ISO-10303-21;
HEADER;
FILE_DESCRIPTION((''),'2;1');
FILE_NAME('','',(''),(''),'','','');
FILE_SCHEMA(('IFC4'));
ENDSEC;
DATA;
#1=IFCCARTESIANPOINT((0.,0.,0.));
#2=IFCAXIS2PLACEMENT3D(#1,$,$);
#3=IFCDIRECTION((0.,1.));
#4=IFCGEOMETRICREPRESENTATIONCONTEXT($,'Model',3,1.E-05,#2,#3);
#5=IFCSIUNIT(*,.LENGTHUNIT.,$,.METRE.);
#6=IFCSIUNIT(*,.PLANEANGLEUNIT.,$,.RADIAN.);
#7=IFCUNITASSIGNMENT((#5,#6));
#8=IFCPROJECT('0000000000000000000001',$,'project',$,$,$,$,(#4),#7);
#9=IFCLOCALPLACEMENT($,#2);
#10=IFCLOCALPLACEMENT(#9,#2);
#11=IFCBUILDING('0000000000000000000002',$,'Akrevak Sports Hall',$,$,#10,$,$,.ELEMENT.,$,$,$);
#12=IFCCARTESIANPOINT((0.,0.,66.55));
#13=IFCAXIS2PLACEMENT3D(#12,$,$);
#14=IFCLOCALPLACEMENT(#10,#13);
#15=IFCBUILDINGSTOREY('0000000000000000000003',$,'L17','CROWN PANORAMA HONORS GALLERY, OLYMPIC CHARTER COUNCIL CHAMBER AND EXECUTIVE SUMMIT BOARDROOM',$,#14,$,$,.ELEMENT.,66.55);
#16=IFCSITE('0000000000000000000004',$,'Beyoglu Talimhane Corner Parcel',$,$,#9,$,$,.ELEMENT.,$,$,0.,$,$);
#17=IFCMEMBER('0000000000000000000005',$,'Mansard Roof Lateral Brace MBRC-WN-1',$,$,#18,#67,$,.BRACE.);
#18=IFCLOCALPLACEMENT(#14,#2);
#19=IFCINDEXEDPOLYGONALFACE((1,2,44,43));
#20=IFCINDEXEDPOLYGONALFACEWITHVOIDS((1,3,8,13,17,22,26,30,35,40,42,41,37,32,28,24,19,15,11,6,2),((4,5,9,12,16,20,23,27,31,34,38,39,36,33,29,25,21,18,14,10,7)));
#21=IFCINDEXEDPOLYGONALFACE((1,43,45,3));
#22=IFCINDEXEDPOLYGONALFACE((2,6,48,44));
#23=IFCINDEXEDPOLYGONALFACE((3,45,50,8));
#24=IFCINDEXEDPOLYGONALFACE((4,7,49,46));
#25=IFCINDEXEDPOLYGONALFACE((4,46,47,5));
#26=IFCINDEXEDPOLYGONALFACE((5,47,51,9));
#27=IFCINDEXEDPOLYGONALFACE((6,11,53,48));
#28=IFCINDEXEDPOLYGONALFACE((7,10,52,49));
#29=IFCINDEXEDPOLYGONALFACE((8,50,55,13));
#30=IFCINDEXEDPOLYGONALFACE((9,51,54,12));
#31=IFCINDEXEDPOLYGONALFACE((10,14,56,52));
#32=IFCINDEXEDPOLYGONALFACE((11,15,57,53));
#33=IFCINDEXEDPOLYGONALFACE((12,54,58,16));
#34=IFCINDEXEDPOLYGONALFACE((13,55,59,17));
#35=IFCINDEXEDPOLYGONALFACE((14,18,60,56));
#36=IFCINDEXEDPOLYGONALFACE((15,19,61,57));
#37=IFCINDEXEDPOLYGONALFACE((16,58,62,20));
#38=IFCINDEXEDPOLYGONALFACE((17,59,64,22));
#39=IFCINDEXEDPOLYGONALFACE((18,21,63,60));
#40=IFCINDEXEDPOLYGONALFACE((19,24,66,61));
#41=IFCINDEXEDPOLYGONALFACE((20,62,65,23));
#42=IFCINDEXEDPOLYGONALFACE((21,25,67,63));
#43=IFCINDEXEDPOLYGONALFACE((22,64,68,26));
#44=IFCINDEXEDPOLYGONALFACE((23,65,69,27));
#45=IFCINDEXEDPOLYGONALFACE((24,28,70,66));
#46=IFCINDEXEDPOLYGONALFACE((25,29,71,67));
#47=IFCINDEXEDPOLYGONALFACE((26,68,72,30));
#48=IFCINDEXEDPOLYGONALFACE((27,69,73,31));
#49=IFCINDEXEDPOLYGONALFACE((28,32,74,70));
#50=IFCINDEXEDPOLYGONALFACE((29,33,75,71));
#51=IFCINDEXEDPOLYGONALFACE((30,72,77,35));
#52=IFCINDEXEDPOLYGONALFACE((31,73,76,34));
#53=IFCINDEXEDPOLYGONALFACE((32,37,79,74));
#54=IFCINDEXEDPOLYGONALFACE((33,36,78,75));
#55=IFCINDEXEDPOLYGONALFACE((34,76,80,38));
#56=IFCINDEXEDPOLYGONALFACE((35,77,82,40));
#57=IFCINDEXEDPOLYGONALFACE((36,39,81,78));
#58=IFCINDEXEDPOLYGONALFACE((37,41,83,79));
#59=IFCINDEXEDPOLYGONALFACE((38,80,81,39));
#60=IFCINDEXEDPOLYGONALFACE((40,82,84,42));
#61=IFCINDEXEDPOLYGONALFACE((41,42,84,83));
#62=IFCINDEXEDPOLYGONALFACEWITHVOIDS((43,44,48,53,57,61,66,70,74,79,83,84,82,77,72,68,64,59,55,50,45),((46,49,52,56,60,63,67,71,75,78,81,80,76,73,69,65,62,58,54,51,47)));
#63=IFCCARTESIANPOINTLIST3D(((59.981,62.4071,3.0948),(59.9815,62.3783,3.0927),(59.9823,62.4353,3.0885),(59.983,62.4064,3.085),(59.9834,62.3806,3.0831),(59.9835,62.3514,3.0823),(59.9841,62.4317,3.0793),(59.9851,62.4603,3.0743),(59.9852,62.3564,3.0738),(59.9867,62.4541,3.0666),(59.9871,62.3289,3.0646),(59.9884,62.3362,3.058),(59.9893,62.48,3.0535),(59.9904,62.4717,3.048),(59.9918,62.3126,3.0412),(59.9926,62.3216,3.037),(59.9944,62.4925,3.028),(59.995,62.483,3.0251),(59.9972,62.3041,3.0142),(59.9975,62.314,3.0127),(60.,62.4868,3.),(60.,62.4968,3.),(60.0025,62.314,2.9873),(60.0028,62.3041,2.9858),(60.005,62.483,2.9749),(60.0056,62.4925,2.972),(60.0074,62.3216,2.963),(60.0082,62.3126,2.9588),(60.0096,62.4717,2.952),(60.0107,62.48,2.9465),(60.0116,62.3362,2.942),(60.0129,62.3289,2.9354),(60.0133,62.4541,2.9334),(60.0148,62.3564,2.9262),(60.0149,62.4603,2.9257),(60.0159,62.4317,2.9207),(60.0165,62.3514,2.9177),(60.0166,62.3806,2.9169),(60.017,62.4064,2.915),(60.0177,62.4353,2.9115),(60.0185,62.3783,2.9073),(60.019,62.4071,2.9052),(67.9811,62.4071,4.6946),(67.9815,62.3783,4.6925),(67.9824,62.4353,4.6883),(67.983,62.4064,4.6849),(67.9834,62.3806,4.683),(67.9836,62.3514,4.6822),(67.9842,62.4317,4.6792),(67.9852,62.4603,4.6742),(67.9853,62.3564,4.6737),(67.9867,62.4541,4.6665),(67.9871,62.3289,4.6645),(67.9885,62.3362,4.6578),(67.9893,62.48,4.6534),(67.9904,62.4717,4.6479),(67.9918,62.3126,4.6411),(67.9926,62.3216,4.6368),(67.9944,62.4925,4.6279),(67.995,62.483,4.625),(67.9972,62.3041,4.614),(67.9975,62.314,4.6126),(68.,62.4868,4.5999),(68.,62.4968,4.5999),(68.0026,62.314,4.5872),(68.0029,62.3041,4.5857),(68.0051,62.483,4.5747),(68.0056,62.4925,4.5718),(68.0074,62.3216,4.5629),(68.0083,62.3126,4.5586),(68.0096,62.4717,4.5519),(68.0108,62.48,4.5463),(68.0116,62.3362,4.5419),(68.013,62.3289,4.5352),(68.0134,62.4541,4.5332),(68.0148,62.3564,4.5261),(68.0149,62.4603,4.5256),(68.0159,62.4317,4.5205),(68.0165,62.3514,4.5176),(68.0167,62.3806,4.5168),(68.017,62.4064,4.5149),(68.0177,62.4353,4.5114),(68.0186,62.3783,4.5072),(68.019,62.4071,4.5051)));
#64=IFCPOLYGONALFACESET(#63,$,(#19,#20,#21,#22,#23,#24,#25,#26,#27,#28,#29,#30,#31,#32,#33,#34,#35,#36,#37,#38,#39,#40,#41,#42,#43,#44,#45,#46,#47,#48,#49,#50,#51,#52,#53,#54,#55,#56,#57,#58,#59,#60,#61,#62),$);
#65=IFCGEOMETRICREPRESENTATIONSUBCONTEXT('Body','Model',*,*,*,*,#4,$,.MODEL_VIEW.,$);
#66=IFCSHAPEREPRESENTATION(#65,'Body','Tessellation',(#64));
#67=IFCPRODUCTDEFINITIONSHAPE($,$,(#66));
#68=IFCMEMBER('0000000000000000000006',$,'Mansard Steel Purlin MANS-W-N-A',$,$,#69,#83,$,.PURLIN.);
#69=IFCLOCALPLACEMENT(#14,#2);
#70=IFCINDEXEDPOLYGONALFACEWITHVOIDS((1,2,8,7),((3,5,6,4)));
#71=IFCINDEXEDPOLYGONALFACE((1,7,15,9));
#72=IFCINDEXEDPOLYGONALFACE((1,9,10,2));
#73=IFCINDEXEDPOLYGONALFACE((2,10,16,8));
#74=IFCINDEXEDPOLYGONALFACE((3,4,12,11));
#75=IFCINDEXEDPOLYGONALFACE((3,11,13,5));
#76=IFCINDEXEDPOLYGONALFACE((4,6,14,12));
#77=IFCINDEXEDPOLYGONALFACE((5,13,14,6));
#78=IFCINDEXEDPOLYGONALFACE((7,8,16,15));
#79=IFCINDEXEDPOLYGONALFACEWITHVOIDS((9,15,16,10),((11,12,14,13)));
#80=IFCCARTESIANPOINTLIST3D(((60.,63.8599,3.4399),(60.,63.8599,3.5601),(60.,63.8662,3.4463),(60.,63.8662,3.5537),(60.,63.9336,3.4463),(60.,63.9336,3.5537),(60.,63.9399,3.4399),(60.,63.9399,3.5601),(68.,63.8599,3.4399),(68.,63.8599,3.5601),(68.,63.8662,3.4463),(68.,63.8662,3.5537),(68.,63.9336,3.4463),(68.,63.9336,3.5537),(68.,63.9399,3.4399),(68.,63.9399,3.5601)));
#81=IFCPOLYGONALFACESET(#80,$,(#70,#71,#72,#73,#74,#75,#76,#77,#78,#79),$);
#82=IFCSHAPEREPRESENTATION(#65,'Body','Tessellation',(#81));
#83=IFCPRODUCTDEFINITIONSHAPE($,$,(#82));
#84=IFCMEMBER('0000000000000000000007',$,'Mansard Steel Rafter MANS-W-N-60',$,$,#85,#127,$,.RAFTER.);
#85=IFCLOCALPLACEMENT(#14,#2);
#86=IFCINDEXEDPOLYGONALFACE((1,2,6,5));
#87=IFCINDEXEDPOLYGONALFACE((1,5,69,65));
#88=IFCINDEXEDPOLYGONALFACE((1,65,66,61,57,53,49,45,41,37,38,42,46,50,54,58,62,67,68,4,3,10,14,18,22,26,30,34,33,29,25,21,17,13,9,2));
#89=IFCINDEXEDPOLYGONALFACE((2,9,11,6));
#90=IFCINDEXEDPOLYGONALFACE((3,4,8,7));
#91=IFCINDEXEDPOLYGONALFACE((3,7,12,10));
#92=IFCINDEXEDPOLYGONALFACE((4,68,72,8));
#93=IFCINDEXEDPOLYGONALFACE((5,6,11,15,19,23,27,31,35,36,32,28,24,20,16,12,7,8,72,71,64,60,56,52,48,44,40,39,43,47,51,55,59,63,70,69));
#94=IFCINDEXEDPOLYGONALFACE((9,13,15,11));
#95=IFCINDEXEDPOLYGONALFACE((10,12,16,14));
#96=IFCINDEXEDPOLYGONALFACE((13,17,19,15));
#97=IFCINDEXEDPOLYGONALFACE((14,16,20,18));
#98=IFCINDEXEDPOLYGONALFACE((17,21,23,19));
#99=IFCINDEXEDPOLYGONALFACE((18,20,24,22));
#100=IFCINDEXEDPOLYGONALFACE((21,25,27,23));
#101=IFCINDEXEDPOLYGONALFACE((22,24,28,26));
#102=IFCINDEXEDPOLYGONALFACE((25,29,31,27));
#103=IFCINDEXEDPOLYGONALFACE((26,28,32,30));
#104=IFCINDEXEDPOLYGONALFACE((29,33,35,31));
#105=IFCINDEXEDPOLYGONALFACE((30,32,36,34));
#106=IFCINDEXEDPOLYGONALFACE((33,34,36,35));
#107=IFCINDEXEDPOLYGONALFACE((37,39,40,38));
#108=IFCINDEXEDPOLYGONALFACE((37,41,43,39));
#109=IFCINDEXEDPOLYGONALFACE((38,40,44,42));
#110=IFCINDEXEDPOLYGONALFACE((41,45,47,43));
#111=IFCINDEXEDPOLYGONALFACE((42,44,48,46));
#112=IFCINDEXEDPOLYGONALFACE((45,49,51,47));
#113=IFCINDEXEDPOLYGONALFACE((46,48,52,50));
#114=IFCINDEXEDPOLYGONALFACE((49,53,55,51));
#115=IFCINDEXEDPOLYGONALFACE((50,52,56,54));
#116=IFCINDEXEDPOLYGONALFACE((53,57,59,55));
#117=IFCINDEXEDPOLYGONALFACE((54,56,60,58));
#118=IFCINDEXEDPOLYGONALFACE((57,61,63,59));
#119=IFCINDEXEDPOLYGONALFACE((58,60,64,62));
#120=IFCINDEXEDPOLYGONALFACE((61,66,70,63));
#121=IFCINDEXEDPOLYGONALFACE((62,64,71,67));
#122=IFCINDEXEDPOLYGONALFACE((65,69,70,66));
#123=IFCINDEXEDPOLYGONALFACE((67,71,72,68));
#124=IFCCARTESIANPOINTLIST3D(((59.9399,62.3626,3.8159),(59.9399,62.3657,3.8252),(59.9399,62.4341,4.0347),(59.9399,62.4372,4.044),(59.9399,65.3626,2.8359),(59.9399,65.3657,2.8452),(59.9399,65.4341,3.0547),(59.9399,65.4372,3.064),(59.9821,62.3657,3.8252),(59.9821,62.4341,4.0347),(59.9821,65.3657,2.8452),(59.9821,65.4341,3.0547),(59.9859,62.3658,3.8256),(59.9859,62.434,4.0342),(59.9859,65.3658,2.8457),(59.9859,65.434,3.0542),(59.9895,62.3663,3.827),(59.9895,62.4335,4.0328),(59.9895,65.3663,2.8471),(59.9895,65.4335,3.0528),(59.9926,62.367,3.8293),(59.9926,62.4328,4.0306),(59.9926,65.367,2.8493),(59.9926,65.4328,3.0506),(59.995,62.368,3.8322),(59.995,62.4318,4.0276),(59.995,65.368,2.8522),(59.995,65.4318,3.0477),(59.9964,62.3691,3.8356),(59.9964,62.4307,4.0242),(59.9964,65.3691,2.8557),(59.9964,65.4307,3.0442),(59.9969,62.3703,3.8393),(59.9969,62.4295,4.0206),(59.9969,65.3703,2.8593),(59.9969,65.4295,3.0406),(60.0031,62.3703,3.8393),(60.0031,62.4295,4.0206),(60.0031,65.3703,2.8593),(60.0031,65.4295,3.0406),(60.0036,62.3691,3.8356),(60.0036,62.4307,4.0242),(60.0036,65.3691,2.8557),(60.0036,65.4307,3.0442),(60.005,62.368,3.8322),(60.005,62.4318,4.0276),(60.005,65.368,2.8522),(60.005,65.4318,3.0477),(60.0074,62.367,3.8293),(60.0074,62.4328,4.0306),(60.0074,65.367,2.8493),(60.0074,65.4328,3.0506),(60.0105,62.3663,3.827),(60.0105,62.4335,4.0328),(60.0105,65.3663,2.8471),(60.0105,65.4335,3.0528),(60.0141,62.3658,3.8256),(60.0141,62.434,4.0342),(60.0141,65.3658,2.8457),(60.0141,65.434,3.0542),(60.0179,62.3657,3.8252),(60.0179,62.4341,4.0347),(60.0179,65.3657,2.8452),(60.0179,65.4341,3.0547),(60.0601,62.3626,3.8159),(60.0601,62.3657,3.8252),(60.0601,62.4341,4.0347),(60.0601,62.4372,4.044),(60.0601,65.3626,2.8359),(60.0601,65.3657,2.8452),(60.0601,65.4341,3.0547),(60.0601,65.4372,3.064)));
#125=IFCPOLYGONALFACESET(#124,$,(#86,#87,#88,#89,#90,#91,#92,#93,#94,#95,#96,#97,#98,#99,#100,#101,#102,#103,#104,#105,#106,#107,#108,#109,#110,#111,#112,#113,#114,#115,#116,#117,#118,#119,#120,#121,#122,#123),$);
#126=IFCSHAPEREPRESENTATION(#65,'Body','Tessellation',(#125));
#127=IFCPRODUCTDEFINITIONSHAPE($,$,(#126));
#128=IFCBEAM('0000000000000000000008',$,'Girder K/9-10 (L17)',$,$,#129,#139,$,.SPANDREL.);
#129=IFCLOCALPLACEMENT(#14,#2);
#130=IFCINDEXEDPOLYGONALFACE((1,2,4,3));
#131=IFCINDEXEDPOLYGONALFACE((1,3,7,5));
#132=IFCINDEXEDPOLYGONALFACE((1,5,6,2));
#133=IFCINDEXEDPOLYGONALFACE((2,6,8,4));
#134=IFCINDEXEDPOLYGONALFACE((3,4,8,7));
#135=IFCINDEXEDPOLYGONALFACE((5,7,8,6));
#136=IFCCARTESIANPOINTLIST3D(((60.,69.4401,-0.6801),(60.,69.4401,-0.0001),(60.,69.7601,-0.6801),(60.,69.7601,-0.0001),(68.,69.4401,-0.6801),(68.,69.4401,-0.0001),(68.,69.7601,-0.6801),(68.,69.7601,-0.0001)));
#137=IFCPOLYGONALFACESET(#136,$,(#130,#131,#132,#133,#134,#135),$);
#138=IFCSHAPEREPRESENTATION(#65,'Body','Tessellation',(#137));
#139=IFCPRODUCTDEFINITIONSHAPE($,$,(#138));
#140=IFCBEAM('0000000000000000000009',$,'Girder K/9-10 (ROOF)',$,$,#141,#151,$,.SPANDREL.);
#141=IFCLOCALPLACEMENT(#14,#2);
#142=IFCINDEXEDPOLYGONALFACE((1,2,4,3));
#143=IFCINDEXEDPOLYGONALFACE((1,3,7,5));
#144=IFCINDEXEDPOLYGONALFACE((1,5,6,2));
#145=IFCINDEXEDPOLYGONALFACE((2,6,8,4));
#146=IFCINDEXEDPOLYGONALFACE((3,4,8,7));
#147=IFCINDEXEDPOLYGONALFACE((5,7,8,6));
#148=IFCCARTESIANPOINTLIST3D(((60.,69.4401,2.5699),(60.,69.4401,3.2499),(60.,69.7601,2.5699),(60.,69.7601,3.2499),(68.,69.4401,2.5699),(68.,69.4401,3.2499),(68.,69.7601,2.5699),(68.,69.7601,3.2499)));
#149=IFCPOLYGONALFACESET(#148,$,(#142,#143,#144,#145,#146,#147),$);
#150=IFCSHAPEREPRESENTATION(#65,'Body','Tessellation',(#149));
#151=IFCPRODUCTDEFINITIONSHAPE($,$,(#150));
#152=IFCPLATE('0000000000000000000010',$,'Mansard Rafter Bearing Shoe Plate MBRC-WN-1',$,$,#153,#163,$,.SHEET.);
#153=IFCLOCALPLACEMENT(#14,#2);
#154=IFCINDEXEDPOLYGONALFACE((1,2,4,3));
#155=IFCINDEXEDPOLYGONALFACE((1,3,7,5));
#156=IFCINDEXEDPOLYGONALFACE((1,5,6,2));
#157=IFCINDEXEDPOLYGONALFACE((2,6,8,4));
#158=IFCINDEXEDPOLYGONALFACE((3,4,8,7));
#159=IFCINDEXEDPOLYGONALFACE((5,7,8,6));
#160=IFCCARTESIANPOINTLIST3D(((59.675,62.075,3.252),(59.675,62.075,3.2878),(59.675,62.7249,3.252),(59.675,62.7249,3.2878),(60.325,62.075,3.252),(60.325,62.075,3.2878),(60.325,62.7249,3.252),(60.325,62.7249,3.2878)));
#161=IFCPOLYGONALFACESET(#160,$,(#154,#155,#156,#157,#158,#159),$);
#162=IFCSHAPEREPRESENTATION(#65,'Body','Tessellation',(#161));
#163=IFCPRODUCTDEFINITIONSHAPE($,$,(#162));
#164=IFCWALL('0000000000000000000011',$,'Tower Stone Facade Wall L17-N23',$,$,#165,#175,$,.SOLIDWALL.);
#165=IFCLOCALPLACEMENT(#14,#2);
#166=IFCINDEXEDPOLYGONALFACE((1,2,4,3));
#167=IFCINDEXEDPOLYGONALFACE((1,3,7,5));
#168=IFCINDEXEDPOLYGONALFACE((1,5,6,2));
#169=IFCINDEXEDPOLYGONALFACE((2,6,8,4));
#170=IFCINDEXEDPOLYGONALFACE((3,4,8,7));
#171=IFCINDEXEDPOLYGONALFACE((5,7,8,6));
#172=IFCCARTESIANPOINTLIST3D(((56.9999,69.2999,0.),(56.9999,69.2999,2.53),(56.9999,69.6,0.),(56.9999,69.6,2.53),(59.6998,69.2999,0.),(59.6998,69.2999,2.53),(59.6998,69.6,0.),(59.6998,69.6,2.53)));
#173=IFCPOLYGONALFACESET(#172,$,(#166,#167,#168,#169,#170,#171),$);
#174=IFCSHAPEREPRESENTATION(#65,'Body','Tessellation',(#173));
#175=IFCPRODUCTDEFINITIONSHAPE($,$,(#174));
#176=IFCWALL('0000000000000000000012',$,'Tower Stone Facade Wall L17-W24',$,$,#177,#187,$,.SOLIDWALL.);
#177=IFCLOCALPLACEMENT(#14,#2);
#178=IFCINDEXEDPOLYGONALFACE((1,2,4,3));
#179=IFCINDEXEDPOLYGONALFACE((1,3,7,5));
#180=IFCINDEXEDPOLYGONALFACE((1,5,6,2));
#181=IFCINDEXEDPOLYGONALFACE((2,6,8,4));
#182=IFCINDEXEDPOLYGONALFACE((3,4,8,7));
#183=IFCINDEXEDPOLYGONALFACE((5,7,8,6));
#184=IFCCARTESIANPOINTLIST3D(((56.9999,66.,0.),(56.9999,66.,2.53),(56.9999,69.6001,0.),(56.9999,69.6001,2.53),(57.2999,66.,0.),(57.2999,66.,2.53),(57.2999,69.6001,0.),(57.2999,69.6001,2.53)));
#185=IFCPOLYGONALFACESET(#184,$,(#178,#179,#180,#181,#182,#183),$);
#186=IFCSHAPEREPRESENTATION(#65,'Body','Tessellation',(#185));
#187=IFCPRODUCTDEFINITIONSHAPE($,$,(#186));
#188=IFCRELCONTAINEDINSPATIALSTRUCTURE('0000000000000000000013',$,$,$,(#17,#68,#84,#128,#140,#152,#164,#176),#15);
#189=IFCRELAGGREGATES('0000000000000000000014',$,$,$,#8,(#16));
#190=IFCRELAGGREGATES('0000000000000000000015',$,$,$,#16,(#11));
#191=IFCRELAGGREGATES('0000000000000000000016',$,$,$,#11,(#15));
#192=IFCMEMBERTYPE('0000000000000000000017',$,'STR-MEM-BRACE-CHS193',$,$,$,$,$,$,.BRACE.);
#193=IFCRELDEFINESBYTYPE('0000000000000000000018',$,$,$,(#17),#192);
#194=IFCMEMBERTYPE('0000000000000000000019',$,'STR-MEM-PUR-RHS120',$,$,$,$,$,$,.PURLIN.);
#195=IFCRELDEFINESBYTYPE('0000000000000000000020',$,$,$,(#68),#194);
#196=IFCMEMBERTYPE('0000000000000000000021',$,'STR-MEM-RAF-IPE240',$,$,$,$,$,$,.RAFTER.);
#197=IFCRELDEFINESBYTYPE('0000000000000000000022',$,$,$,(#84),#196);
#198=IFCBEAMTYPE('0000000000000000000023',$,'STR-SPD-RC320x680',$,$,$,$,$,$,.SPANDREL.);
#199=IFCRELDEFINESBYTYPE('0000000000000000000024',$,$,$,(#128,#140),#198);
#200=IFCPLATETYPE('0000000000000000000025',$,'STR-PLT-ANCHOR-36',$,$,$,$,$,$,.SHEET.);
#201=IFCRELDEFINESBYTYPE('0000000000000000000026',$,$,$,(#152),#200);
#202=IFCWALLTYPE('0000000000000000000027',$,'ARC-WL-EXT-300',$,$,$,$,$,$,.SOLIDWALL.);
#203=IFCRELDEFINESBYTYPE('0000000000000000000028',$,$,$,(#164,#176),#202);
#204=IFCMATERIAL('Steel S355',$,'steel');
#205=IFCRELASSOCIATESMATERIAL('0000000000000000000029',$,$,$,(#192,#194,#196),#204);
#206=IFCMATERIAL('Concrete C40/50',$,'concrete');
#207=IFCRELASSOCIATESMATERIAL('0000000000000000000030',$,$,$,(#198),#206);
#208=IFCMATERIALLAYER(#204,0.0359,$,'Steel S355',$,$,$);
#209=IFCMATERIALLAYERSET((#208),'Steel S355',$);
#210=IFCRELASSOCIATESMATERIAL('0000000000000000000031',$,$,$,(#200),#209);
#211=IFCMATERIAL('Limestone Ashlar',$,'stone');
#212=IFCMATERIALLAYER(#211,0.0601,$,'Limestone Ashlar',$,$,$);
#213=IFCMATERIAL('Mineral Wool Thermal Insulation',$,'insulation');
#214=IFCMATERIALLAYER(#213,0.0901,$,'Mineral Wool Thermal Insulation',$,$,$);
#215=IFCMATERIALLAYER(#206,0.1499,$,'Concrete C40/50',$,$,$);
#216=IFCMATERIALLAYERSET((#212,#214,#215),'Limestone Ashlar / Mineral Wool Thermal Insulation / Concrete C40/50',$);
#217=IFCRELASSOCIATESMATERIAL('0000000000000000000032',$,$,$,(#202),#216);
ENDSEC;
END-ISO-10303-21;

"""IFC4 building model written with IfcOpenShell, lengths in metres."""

from ifc_helpers import new_model, si_unit, direction, frame, frame_2d, origin, origin_2d, place, context, subcontext, project, spatial, rectangle, hollow_rectangle, hollow_circle, i_section, extrude, material, layer, layer_set, material_profile, profile_set, type_object, element, save


model = new_model("IFC4")

# Units and contexts
model_context = context("Model", 3, precision=1e-05, world=origin(), true_north=direction((0.0, 1.0)))
body_context = subcontext(model_context, "Body", "Model", "MODEL_VIEW")
ifc_project = project(units=[si_unit("LENGTHUNIT", "METRE"), si_unit("PLANEANGLEUNIT", "RADIAN")], contexts=[model_context])

# Site, building, storey
site_placement = place(None, origin())
site = spatial("IfcSite", under=ifc_project, at=site_placement, Name="Beyoglu Talimhane Corner Parcel", CompositionType="ELEMENT", RefElevation=0.0)
building_placement = place(site_placement, origin())
building = spatial("IfcBuilding", under=site, at=building_placement, Name="Akrevak Sports Hall", CompositionType="ELEMENT")
storey_placement = place(building_placement, frame((0.0, 0.0, 66.55)))
storey = spatial("IfcBuildingStorey", under=building, at=storey_placement, Name="L17", Description="CROWN PANORAMA HONORS GALLERY, OLYMPIC CHARTER COUNCIL CHAMBER AND EXECUTIVE SUMMIT BOARDROOM", CompositionType="ELEMENT", Elevation=66.55)

# Shared definitions
ifc_material_1 = material(Name="Concrete C40/50", Category="concrete")

# Members
ifc_material_2 = material(Name="Steel S355", Category="steel")
ifc_material_profile_1 = material_profile(ifc_material_2, hollow_circle(Radius=0.0969, WallThickness=0.01, at=origin_2d()), Name="CHS 193.7x10", Category="steel")
ifc_profile_set_1 = profile_set([ifc_material_profile_1], Name="Steel S355")
member_type_1 = type_object("IfcMemberType", Name="STR-MEM-BRACE-CHS193", PredefinedType="BRACE", material=ifc_profile_set_1)
member_1_placement = place(storey_placement, frame((60.0, 62.3999, 3.0), z_axis=(0.980584, 0.0, 0.196099), x_axis=(0.0, 1.0, 0.0)))
element("IfcMember", 1, at=member_1_placement, inside=storey, type_object=member_type_1, Name="Mansard Roof Lateral Brace MBRC-WN-1", PredefinedType="BRACE", context=body_context, shape_type="SweptSolid", body=[
    extrude(hollow_circle(Radius=0.0969, WallThickness=0.01, at=origin_2d()), origin(), (0.0, 0.0, 1.0), 8.1584),
])
ifc_material_profile_2 = material_profile(ifc_material_2, hollow_rectangle(XDim=0.0801, YDim=0.1201, WallThickness=0.0063, at=origin_2d()), Name="RHS 120x80x6.3", Category="steel")
ifc_profile_set_2 = profile_set([ifc_material_profile_2], Name="Steel S355")
member_type_2 = type_object("IfcMemberType", Name="STR-MEM-PUR-RHS120", PredefinedType="PURLIN", material=ifc_profile_set_2)
member_2_placement = place(storey_placement, frame((60.0, 63.8999, 3.5), z_axis=(1.0, 0.0, 0.0), x_axis=(0.0, 1.0, 0.0)))
element("IfcMember", 2, at=member_2_placement, inside=storey, type_object=member_type_2, Name="Mansard Steel Purlin MANS-W-N-A", PredefinedType="PURLIN", context=body_context, shape_type="SweptSolid", body=[
    extrude(hollow_rectangle(XDim=0.0801, YDim=0.1201, WallThickness=0.0063, at=origin_2d()), origin(), (0.0, 0.0, 1.0), 8.0),
])
ifc_material_profile_3 = material_profile(ifc_material_2, i_section(OverallWidth=0.1201, OverallDepth=0.24, WebThickness=0.0061, FlangeThickness=0.0098, FilletRadius=0.0149, at=origin_2d()), Name="IPE 240", Category="steel")
ifc_profile_set_3 = profile_set([ifc_material_profile_3], Name="Steel S355")
member_type_3 = type_object("IfcMemberType", Name="STR-MEM-RAF-IPE240", PredefinedType="RAFTER", material=ifc_profile_set_3)
member_3_placement = place(storey_placement, frame((60.0, 65.3999, 2.95), z_axis=(0.0, -0.950569, 0.310513), x_axis=(1.0, 0.0, 0.0)))
element("IfcMember", 3, at=member_3_placement, inside=storey, type_object=member_type_3, Name="Mansard Steel Rafter MANS-W-N-60", PredefinedType="RAFTER", context=body_context, shape_type="SweptSolid", body=[
    extrude(i_section(OverallWidth=0.1201, OverallDepth=0.24, WebThickness=0.0061, FlangeThickness=0.0098, FilletRadius=0.0149, at=origin_2d()), origin(), (0.0, 0.0, 1.0), 3.156),
])

# Beams
ifc_material_profile_4 = material_profile(ifc_material_1, rectangle(XDim=0.3201, YDim=0.6799, at=origin_2d()), Name="SPD 320x680", Category="concrete")
ifc_profile_set_4 = profile_set([ifc_material_profile_4], Name="Concrete C40/50")
beam_type_1 = type_object("IfcBeamType", Name="STR-SPD-RC320x680", PredefinedType="SPANDREL", material=ifc_profile_set_4)
for number, where, z_axis, x_axis, name in (
    (4, (60.0, 69.6001, -0.3401), (1.0, 0.0, 0.0), (0.0, 1.0, 0.0), "Girder K/9-10 (L17)"),
    (5, (60.0, 69.6001, 2.9099), (1.0, 0.0, 0.0), (0.0, 1.0, 0.0), "Girder K/9-10 (ROOF)"),
):
    element("IfcBeam", number, at=place(storey_placement, frame(where, z_axis=z_axis, x_axis=x_axis)), inside=storey, type_object=beam_type_1, Name=name, PredefinedType="SPANDREL", context=body_context, shape_type="SweptSolid", body=[
        extrude(rectangle(XDim=0.3201, YDim=0.6799, at=origin_2d()), origin(), (0.0, 0.0, 1.0), 8.0),
    ])

# Plate
ifc_layer_1 = layer(ifc_material_2, 0.0359, Name="Steel S355")
ifc_layer_set_1 = layer_set([ifc_layer_1], Name="Steel S355")
plate_type = type_object("IfcPlateType", Name="STR-PLT-ANCHOR-36", PredefinedType="SHEET", material=ifc_layer_set_1)
plate_placement = place(storey_placement, frame((60.0, 62.3999, 3.252), z_axis=(0.0, 0.0, 1.0), x_axis=(1.0, 0.0, 0.0)))
element("IfcPlate", 6, at=plate_placement, inside=storey, type_object=plate_type, Name="Mansard Rafter Bearing Shoe Plate MBRC-WN-1", PredefinedType="SHEET", context=body_context, shape_type="SweptSolid", body=[
    extrude(rectangle(XDim=0.6499, YDim=0.6499, at=origin_2d()), origin(), (0.0, 0.0, 1.0), 0.0359),
])

# Walls
ifc_material_3 = material(Name="Limestone Ashlar", Category="stone")
ifc_layer_2 = layer(ifc_material_3, 0.0601, Name="Limestone Ashlar")
ifc_material_4 = material(Name="Mineral Wool Thermal Insulation", Category="insulation")
ifc_layer_3 = layer(ifc_material_4, 0.0901, Name="Mineral Wool Thermal Insulation")
ifc_layer_4 = layer(ifc_material_1, 0.1499, Name="Concrete C40/50")
ifc_layer_set_2 = layer_set([ifc_layer_2, ifc_layer_3, ifc_layer_4], Name="Limestone Ashlar / Mineral Wool Thermal Insulation / Concrete C40/50")
wall_type_1 = type_object("IfcWallType", Name="ARC-WL-EXT-300", PredefinedType="SOLIDWALL", material=ifc_layer_set_2)
wall_1_placement = place(storey_placement, frame((59.7, 69.45, 0.0), z_axis=(0.0, 0.0, 1.0), x_axis=(-1.0, 0.0, 0.0)))
element("IfcWall", 7, at=wall_1_placement, inside=storey, type_object=wall_type_1, Name="Tower Stone Facade Wall L17-N23", PredefinedType="SOLIDWALL", context=body_context, shape_type="SweptSolid", body=[
    extrude(rectangle(XDim=2.7, YDim=0.3, at=frame_2d((1.3501, 0.0))), origin(), (0.0, 0.0, 1.0), 2.53),
])
wall_2_placement = place(storey_placement, frame((57.1499, 69.6001, 0.0), z_axis=(0.0, 0.0, 1.0), x_axis=(0.0, -1.0, 0.0)))
element("IfcWall", 8, at=wall_2_placement, inside=storey, type_object=wall_type_1, Name="Tower Stone Facade Wall L17-W24", PredefinedType="SOLIDWALL", context=body_context, shape_type="SweptSolid", body=[
    extrude(rectangle(XDim=3.6001, YDim=0.3, at=frame_2d((1.8, 0.0))), origin(), (0.0, 0.0, 1.0), 2.53),
])

save(model, "model.ifc")
